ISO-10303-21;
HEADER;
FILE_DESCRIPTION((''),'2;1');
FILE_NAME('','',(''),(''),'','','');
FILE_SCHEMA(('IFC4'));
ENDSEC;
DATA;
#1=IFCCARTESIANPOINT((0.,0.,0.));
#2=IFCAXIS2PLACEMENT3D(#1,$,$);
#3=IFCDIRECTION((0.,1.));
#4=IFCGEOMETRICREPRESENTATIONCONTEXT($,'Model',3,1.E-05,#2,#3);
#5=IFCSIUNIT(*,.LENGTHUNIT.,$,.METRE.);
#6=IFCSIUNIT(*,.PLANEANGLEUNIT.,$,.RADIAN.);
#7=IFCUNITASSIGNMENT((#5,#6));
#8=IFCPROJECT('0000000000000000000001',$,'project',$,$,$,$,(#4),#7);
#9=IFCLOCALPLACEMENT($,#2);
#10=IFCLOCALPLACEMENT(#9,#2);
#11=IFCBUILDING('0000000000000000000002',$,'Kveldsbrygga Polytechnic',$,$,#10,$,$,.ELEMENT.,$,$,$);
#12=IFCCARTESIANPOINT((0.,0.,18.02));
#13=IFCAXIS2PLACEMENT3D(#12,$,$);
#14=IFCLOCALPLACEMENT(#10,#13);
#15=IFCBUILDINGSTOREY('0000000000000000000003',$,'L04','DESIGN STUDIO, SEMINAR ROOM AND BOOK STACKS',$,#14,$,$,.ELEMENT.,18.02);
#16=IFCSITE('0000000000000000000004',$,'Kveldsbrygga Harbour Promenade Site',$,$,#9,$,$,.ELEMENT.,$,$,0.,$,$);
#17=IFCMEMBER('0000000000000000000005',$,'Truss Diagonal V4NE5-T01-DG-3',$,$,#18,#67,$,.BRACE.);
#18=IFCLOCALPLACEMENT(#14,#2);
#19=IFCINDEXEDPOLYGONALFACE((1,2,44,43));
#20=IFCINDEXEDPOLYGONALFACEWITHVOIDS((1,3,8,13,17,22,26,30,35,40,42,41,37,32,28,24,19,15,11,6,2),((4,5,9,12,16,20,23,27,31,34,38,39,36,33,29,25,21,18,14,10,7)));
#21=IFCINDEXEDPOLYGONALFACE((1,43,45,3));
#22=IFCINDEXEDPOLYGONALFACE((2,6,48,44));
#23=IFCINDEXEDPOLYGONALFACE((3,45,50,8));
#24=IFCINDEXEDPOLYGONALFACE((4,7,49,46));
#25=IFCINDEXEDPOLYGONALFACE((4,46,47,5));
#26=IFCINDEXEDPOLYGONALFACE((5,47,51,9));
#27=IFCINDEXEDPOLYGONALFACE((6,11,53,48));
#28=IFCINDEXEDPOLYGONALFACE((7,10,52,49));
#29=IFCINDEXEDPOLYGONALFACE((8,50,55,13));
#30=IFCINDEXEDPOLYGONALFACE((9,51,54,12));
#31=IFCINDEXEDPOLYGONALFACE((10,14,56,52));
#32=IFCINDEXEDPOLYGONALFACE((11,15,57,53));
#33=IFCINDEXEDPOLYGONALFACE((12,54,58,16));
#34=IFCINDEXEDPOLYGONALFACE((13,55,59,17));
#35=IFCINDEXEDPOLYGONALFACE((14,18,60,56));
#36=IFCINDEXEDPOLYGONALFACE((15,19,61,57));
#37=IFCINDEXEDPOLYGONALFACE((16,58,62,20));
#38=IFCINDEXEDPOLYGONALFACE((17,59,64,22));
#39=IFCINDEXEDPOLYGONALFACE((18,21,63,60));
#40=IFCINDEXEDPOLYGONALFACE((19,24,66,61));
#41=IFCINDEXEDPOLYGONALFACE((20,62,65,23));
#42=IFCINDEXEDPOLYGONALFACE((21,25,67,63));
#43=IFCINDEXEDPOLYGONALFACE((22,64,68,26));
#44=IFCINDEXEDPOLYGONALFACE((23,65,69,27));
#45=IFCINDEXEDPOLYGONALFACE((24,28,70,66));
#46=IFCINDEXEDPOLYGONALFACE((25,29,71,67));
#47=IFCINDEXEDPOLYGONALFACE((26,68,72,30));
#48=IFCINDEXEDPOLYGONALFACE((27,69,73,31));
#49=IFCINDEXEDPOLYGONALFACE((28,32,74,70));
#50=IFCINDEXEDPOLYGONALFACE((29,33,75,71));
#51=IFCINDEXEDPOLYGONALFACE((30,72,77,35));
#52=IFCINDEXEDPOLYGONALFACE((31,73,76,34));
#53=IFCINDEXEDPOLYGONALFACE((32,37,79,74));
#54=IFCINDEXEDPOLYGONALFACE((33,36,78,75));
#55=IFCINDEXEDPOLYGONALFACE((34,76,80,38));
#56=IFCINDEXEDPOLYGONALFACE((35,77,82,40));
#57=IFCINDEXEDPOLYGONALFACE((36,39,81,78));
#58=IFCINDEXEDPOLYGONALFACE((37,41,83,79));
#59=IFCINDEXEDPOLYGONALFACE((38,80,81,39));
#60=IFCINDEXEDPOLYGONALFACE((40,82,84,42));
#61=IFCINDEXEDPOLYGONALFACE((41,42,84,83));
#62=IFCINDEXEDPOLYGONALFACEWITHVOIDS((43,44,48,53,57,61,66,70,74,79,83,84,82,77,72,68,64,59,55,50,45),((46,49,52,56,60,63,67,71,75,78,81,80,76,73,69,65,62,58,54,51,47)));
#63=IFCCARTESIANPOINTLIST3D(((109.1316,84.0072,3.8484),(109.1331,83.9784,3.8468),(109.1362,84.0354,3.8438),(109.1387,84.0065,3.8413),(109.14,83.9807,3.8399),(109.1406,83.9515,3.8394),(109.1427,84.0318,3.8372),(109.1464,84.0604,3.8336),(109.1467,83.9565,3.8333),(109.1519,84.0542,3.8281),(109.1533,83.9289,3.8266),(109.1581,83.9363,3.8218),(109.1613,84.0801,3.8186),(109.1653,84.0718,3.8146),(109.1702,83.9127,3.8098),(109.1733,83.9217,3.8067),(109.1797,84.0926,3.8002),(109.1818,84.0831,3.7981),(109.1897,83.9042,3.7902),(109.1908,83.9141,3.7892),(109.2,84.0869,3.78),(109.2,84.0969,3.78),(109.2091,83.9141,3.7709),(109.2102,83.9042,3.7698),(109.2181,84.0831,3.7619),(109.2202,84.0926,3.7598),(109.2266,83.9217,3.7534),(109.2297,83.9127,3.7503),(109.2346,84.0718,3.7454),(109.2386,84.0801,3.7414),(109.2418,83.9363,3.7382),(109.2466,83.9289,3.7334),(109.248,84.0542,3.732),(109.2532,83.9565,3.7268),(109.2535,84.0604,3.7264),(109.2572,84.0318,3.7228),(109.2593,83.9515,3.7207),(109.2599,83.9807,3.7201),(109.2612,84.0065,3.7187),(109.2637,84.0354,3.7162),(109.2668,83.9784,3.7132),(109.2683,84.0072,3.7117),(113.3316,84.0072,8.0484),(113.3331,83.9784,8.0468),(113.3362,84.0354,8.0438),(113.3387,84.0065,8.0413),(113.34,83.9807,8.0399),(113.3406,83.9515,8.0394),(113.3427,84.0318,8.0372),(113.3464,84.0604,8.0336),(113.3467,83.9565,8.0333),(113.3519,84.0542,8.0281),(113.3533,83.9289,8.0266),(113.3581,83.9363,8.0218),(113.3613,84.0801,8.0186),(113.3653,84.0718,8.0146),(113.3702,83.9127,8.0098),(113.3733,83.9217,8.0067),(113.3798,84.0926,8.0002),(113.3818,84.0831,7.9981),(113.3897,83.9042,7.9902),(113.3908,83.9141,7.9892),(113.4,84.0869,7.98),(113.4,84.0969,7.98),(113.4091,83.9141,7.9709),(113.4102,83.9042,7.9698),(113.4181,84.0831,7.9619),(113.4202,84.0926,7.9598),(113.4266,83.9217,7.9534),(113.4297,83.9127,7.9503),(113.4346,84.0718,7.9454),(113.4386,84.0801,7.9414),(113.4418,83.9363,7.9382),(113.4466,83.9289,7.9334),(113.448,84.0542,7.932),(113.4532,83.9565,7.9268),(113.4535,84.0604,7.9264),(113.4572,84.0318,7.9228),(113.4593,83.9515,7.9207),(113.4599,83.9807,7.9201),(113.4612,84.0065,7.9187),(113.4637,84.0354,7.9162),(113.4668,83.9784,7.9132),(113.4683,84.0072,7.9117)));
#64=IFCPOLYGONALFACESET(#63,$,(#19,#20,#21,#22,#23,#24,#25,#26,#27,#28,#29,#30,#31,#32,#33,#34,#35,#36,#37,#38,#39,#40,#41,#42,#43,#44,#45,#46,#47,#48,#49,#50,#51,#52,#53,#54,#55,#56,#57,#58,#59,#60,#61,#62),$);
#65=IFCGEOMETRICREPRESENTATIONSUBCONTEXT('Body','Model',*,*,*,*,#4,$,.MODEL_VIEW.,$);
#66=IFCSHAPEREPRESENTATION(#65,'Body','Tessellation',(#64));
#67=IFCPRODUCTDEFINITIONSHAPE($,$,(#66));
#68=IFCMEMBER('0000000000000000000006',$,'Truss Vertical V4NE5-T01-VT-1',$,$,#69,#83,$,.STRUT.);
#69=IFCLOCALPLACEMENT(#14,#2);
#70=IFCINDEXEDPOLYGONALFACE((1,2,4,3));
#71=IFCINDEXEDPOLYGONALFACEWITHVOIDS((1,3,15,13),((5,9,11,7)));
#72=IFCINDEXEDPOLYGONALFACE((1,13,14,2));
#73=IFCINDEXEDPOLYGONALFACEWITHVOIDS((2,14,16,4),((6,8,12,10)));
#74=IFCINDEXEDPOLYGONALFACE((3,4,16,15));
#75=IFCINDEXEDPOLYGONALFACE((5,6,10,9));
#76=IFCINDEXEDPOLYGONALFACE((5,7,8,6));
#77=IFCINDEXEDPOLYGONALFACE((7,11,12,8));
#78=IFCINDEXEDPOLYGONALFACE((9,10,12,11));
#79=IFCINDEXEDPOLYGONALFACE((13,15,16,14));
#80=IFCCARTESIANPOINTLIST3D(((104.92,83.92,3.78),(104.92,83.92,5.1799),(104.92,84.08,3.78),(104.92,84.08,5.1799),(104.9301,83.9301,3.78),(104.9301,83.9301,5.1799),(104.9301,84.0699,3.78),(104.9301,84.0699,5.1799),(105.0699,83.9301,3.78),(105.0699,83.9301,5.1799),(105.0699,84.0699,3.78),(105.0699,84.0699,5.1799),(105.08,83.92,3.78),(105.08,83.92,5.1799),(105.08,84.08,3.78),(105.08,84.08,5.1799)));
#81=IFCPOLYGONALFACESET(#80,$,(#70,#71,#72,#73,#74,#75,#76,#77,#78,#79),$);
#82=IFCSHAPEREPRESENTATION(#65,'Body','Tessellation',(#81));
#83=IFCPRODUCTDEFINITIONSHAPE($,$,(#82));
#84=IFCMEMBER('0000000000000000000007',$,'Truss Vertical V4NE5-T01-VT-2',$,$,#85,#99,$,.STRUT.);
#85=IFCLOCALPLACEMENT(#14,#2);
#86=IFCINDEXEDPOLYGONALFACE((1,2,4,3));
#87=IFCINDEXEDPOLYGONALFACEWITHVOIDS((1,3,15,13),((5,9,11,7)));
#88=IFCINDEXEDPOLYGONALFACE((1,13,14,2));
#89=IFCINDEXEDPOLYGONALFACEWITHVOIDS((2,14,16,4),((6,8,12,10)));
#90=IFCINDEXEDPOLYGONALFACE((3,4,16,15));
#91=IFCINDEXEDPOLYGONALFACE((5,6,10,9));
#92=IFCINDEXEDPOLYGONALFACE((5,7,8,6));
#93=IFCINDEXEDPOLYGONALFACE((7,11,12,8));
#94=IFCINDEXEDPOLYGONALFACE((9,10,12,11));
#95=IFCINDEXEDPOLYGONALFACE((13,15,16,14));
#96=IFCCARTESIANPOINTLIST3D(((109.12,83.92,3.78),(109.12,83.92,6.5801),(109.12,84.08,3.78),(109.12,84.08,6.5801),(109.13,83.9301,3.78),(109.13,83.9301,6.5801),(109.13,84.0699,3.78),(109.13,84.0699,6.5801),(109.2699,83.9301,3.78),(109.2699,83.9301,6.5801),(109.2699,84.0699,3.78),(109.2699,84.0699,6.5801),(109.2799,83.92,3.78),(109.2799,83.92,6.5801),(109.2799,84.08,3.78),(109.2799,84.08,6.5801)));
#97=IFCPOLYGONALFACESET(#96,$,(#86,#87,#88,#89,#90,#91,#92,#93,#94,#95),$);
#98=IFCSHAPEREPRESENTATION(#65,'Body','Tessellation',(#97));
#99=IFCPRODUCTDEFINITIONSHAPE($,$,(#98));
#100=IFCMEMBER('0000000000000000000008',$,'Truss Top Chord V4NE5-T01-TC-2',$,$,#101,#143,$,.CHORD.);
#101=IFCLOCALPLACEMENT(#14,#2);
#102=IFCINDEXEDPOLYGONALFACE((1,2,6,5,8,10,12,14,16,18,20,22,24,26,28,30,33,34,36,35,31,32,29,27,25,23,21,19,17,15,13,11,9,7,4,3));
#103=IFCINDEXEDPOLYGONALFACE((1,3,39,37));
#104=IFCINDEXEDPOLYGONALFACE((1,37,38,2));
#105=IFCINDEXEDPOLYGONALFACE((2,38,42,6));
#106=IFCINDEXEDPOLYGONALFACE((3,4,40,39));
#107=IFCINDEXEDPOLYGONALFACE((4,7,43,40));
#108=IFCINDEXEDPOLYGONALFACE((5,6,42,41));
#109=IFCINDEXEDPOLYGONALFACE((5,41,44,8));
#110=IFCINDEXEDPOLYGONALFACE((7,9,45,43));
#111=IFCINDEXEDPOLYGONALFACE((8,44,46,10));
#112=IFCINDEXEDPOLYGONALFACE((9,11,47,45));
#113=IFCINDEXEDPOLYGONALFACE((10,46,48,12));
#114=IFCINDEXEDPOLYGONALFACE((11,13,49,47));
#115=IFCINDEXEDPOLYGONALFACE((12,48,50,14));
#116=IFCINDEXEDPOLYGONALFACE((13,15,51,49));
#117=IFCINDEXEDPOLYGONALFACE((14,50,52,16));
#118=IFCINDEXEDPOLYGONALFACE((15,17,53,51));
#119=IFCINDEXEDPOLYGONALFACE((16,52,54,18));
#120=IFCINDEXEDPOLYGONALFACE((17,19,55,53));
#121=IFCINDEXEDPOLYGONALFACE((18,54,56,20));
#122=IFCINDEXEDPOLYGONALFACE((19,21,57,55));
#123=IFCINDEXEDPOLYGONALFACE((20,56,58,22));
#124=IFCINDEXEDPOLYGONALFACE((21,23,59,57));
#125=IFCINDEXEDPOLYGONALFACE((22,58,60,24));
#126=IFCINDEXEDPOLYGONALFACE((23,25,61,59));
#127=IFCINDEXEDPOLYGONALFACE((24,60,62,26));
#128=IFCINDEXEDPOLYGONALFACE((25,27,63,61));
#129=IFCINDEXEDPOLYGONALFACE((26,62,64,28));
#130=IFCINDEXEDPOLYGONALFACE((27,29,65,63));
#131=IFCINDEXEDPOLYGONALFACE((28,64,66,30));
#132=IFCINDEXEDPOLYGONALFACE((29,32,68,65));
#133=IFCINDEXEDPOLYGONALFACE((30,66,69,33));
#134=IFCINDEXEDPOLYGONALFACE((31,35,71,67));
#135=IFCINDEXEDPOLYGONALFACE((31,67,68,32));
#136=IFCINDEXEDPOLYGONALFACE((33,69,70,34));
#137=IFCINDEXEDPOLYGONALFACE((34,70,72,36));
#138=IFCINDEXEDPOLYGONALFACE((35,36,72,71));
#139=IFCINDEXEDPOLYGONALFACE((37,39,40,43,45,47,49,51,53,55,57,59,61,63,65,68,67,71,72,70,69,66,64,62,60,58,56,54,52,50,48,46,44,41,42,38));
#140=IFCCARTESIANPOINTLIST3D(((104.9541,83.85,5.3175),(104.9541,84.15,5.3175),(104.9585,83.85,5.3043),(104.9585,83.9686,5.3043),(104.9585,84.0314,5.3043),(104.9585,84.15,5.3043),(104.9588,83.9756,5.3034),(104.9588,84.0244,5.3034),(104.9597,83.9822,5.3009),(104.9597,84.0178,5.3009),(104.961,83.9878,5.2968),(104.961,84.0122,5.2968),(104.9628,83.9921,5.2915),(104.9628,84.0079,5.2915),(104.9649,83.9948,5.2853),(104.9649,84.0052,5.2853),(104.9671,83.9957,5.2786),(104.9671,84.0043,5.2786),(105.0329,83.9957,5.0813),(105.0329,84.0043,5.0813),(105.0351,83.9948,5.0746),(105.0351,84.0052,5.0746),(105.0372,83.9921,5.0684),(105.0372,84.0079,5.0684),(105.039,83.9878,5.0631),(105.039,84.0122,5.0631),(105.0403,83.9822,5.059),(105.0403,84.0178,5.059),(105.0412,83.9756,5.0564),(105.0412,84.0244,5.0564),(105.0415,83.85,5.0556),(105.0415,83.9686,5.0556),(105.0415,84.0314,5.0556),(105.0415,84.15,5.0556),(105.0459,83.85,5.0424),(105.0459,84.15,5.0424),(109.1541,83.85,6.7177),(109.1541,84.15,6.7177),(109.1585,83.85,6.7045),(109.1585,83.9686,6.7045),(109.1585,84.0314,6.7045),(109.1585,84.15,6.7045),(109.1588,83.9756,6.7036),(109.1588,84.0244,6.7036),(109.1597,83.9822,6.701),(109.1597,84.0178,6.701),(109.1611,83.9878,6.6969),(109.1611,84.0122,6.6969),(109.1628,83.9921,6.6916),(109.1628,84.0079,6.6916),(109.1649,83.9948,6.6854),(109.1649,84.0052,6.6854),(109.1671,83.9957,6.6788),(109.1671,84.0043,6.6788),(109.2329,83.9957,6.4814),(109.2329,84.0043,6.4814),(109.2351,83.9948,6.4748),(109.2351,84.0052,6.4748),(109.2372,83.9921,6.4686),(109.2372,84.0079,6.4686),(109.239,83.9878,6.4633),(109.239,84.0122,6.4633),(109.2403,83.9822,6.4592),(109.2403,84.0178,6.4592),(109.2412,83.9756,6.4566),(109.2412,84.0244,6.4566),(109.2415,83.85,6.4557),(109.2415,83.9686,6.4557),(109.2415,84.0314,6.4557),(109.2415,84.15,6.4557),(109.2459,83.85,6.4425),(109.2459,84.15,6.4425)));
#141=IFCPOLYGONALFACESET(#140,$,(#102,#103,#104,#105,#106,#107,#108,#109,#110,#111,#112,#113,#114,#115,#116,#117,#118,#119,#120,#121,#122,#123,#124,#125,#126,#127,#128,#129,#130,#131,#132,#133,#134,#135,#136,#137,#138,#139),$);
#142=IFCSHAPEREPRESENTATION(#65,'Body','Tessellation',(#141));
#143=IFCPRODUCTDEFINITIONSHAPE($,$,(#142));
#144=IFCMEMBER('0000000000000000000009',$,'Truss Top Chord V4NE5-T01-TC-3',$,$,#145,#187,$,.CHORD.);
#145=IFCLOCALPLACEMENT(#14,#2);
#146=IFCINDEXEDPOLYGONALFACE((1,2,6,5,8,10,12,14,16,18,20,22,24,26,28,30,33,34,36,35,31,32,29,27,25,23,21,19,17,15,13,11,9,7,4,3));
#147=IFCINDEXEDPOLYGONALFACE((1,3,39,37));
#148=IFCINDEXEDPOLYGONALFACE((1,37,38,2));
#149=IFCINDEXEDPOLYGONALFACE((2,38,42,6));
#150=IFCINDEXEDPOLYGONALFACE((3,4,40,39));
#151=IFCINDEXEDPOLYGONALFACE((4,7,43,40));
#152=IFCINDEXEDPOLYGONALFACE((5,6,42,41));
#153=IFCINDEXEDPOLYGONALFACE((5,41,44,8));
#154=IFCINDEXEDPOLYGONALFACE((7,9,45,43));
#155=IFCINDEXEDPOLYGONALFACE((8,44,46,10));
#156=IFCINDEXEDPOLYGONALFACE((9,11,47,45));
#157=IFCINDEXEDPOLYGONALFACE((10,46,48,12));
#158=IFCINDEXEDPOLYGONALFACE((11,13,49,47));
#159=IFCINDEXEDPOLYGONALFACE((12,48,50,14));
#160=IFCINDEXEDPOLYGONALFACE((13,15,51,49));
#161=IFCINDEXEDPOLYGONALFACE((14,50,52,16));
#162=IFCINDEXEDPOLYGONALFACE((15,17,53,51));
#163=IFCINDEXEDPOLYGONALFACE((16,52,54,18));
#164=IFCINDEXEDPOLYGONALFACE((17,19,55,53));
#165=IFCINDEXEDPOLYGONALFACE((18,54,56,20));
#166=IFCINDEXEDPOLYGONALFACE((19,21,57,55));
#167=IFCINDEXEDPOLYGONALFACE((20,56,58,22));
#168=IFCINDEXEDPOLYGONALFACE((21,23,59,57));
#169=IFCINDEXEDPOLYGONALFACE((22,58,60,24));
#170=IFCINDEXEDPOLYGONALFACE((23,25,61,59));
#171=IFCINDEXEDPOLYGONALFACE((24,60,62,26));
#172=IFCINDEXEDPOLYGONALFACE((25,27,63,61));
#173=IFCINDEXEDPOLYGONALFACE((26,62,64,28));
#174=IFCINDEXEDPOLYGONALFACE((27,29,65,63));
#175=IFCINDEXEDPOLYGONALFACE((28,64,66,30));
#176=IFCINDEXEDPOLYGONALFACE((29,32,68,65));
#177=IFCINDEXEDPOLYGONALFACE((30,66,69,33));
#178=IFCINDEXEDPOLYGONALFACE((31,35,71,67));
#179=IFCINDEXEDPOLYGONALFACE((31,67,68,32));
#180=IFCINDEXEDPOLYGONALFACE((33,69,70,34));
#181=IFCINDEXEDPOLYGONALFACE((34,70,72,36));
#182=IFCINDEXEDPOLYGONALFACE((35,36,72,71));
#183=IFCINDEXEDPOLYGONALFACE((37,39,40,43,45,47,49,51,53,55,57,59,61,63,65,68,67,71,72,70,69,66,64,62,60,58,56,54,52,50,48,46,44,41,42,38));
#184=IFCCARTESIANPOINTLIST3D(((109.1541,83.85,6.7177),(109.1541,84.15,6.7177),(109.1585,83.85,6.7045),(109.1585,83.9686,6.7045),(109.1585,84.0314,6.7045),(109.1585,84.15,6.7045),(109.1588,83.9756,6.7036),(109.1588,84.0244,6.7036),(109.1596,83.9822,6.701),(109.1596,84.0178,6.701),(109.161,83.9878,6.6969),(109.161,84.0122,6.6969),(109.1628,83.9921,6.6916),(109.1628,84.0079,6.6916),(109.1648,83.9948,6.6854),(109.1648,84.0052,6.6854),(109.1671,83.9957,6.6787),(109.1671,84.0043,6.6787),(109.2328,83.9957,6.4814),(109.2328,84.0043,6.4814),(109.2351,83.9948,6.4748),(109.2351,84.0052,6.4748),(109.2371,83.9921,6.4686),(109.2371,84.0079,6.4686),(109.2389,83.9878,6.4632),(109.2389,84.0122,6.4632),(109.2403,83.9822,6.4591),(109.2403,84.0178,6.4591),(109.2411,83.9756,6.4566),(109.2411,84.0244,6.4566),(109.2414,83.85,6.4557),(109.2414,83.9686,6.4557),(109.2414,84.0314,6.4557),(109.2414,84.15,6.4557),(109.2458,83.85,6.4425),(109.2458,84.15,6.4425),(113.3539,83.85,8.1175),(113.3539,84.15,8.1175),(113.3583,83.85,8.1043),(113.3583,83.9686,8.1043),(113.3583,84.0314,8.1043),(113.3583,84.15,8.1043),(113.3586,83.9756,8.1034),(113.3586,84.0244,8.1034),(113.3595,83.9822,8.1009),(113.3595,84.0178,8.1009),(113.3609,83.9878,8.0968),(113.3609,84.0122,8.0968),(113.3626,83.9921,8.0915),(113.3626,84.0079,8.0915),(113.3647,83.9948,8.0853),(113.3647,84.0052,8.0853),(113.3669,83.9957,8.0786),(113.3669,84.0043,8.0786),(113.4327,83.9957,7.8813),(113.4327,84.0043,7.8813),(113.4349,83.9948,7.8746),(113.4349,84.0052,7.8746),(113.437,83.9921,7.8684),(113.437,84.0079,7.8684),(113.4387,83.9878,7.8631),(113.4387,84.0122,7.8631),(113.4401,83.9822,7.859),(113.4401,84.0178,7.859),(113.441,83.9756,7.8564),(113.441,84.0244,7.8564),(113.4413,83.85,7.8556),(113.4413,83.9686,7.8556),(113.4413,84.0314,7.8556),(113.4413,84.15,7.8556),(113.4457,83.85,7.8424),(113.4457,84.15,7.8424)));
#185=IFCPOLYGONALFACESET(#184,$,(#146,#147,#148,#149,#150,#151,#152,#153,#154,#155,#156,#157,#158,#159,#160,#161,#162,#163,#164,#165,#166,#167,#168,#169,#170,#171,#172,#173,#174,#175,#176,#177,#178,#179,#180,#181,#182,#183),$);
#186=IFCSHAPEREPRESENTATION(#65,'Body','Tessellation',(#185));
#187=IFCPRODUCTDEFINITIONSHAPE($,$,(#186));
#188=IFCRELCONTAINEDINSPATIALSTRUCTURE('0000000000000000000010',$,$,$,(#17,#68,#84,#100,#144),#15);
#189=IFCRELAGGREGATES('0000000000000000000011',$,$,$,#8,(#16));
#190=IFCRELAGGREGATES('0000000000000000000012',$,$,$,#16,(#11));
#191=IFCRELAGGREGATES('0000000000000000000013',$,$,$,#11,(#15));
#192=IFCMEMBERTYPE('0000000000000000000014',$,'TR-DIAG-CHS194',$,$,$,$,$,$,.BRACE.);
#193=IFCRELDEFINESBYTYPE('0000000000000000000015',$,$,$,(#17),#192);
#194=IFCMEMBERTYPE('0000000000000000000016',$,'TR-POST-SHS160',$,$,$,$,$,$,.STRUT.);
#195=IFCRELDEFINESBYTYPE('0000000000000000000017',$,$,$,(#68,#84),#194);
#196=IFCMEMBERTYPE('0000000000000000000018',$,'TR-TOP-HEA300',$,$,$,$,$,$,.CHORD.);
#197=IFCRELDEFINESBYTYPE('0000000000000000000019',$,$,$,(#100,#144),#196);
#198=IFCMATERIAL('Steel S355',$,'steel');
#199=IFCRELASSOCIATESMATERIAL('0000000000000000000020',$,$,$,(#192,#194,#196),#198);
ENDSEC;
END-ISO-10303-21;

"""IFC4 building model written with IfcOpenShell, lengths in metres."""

from ifc_helpers import new_model, si_unit, direction, frame, origin, origin_2d, place, context, subcontext, project, spatial, hollow_rectangle, hollow_circle, i_section, extrude, material, material_profile, profile_set, type_object, element, save


model = new_model("IFC4")

# Units and contexts
model_context = context("Model", 3, precision=1e-05, world=origin(), true_north=direction((0.0, 1.0)))
body_context = subcontext(model_context, "Body", "Model", "MODEL_VIEW")
ifc_project = project(units=[si_unit("LENGTHUNIT", "METRE"), si_unit("PLANEANGLEUNIT", "RADIAN")], contexts=[model_context])

# Site, building, storey
site_placement = place(None, origin())
site = spatial("IfcSite", under=ifc_project, at=site_placement, Name="Kveldsbrygga Harbour Promenade Site", CompositionType="ELEMENT", RefElevation=0.0)
building_placement = place(site_placement, origin())
building = spatial("IfcBuilding", under=site, at=building_placement, Name="Kveldsbrygga Polytechnic", CompositionType="ELEMENT")
storey_placement = place(building_placement, frame((0.0, 0.0, 18.02)))
storey = spatial("IfcBuildingStorey", under=building, at=storey_placement, Name="L04", Description="DESIGN STUDIO, SEMINAR ROOM AND BOOK STACKS", CompositionType="ELEMENT", Elevation=18.02)

# Members
ifc_material_1 = material(Name="Steel S355", Category="steel")
ifc_material_profile_1 = material_profile(ifc_material_1, hollow_circle(Radius=0.0969, WallThickness=0.01, at=origin_2d()), Name="CHS 193.7x10.0")
ifc_profile_set_1 = profile_set([ifc_material_profile_1], Name="Steel S355")
member_type_1 = type_object("IfcMemberType", Name="TR-DIAG-CHS194", PredefinedType="BRACE", material=ifc_profile_set_1)
member_1_placement = place(storey_placement, frame((109.2, 84.0, 3.78), z_axis=(0.707107, 0.0, 0.707107), x_axis=(0.0, 1.0, 0.0)))
element("IfcMember", 1, at=member_1_placement, inside=storey, type_object=member_type_1, Name="Truss Diagonal V4NE5-T01-DG-3", PredefinedType="BRACE", context=body_context, shape_type="SweptSolid", body=[
    extrude(hollow_circle(Radius=0.0969, WallThickness=0.01, at=origin_2d()), origin(), (0.0, 0.0, 1.0), 5.9397),
])
ifc_material_profile_2 = material_profile(ifc_material_1, hollow_rectangle(XDim=0.1599, YDim=0.1599, WallThickness=0.01, at=origin_2d()), Name="SHS 160x160x10.0")
ifc_profile_set_2 = profile_set([ifc_material_profile_2], Name="Steel S355")
member_type_2 = type_object("IfcMemberType", Name="TR-POST-SHS160", PredefinedType="STRUT", material=ifc_profile_set_2)
member_2_placement = place(storey_placement, frame((105.0, 84.0, 3.78), z_axis=(0.0, 0.0, 1.0), x_axis=(1.0, 0.0, 0.0)))
element("IfcMember", 2, at=member_2_placement, inside=storey, type_object=member_type_2, Name="Truss Vertical V4NE5-T01-VT-1", PredefinedType="STRUT", context=body_context, shape_type="SweptSolid", body=[
    extrude(hollow_rectangle(XDim=0.1599, YDim=0.1599, WallThickness=0.01, at=origin_2d()), origin(), (0.0, 0.0, 1.0), 1.3999),
])
member_3_placement = place(storey_placement, frame((109.2, 84.0, 3.78), z_axis=(0.0, 0.0, 1.0), x_axis=(1.0, 0.0, 0.0)))
element("IfcMember", 3, at=member_3_placement, inside=storey, type_object=member_type_2, Name="Truss Vertical V4NE5-T01-VT-2", PredefinedType="STRUT", context=body_context, shape_type="SweptSolid", body=[
    extrude(hollow_rectangle(XDim=0.1599, YDim=0.1599, WallThickness=0.01, at=origin_2d()), origin(), (0.0, 0.0, 1.0), 2.8),
])
ifc_material_profile_3 = material_profile(ifc_material_1, i_section(OverallWidth=0.3, OverallDepth=0.29, WebThickness=0.0085, FlangeThickness=0.0139, FilletRadius=0.0271, at=origin_2d()), Name="HEA 300")
ifc_profile_set_3 = profile_set([ifc_material_profile_3], Name="Steel S355")
member_type_3 = type_object("IfcMemberType", Name="TR-TOP-HEA300", PredefinedType="CHORD", material=ifc_profile_set_3)
member_4_placement = place(storey_placement, frame((105.0, 84.0, 5.1799), z_axis=(0.948672, 0.0, 0.316261), x_axis=(0.0, 1.0, 0.0)))
element("IfcMember", 4, at=member_4_placement, inside=storey, type_object=member_type_3, Name="Truss Top Chord V4NE5-T01-TC-2", PredefinedType="CHORD", context=body_context, shape_type="SweptSolid", body=[
    extrude(i_section(OverallWidth=0.3, OverallDepth=0.29, WebThickness=0.0085, FlangeThickness=0.0139, FilletRadius=0.0271, at=origin_2d()), origin(), (0.0, 0.0, 1.0), 4.4272),
])
member_5_placement = place(storey_placement, frame((109.2, 84.0, 6.5801), z_axis=(0.948689, 0.0, 0.316211), x_axis=(0.0, 1.0, 0.0)))
element("IfcMember", 5, at=member_5_placement, inside=storey, type_object=member_type_3, Name="Truss Top Chord V4NE5-T01-TC-3", PredefinedType="CHORD", context=body_context, shape_type="SweptSolid", body=[
    extrude(i_section(OverallWidth=0.3, OverallDepth=0.29, WebThickness=0.0085, FlangeThickness=0.0139, FilletRadius=0.0271, at=origin_2d()), origin(), (0.0, 0.0, 1.0), 4.427),
])

save(model, "model.ifc")
